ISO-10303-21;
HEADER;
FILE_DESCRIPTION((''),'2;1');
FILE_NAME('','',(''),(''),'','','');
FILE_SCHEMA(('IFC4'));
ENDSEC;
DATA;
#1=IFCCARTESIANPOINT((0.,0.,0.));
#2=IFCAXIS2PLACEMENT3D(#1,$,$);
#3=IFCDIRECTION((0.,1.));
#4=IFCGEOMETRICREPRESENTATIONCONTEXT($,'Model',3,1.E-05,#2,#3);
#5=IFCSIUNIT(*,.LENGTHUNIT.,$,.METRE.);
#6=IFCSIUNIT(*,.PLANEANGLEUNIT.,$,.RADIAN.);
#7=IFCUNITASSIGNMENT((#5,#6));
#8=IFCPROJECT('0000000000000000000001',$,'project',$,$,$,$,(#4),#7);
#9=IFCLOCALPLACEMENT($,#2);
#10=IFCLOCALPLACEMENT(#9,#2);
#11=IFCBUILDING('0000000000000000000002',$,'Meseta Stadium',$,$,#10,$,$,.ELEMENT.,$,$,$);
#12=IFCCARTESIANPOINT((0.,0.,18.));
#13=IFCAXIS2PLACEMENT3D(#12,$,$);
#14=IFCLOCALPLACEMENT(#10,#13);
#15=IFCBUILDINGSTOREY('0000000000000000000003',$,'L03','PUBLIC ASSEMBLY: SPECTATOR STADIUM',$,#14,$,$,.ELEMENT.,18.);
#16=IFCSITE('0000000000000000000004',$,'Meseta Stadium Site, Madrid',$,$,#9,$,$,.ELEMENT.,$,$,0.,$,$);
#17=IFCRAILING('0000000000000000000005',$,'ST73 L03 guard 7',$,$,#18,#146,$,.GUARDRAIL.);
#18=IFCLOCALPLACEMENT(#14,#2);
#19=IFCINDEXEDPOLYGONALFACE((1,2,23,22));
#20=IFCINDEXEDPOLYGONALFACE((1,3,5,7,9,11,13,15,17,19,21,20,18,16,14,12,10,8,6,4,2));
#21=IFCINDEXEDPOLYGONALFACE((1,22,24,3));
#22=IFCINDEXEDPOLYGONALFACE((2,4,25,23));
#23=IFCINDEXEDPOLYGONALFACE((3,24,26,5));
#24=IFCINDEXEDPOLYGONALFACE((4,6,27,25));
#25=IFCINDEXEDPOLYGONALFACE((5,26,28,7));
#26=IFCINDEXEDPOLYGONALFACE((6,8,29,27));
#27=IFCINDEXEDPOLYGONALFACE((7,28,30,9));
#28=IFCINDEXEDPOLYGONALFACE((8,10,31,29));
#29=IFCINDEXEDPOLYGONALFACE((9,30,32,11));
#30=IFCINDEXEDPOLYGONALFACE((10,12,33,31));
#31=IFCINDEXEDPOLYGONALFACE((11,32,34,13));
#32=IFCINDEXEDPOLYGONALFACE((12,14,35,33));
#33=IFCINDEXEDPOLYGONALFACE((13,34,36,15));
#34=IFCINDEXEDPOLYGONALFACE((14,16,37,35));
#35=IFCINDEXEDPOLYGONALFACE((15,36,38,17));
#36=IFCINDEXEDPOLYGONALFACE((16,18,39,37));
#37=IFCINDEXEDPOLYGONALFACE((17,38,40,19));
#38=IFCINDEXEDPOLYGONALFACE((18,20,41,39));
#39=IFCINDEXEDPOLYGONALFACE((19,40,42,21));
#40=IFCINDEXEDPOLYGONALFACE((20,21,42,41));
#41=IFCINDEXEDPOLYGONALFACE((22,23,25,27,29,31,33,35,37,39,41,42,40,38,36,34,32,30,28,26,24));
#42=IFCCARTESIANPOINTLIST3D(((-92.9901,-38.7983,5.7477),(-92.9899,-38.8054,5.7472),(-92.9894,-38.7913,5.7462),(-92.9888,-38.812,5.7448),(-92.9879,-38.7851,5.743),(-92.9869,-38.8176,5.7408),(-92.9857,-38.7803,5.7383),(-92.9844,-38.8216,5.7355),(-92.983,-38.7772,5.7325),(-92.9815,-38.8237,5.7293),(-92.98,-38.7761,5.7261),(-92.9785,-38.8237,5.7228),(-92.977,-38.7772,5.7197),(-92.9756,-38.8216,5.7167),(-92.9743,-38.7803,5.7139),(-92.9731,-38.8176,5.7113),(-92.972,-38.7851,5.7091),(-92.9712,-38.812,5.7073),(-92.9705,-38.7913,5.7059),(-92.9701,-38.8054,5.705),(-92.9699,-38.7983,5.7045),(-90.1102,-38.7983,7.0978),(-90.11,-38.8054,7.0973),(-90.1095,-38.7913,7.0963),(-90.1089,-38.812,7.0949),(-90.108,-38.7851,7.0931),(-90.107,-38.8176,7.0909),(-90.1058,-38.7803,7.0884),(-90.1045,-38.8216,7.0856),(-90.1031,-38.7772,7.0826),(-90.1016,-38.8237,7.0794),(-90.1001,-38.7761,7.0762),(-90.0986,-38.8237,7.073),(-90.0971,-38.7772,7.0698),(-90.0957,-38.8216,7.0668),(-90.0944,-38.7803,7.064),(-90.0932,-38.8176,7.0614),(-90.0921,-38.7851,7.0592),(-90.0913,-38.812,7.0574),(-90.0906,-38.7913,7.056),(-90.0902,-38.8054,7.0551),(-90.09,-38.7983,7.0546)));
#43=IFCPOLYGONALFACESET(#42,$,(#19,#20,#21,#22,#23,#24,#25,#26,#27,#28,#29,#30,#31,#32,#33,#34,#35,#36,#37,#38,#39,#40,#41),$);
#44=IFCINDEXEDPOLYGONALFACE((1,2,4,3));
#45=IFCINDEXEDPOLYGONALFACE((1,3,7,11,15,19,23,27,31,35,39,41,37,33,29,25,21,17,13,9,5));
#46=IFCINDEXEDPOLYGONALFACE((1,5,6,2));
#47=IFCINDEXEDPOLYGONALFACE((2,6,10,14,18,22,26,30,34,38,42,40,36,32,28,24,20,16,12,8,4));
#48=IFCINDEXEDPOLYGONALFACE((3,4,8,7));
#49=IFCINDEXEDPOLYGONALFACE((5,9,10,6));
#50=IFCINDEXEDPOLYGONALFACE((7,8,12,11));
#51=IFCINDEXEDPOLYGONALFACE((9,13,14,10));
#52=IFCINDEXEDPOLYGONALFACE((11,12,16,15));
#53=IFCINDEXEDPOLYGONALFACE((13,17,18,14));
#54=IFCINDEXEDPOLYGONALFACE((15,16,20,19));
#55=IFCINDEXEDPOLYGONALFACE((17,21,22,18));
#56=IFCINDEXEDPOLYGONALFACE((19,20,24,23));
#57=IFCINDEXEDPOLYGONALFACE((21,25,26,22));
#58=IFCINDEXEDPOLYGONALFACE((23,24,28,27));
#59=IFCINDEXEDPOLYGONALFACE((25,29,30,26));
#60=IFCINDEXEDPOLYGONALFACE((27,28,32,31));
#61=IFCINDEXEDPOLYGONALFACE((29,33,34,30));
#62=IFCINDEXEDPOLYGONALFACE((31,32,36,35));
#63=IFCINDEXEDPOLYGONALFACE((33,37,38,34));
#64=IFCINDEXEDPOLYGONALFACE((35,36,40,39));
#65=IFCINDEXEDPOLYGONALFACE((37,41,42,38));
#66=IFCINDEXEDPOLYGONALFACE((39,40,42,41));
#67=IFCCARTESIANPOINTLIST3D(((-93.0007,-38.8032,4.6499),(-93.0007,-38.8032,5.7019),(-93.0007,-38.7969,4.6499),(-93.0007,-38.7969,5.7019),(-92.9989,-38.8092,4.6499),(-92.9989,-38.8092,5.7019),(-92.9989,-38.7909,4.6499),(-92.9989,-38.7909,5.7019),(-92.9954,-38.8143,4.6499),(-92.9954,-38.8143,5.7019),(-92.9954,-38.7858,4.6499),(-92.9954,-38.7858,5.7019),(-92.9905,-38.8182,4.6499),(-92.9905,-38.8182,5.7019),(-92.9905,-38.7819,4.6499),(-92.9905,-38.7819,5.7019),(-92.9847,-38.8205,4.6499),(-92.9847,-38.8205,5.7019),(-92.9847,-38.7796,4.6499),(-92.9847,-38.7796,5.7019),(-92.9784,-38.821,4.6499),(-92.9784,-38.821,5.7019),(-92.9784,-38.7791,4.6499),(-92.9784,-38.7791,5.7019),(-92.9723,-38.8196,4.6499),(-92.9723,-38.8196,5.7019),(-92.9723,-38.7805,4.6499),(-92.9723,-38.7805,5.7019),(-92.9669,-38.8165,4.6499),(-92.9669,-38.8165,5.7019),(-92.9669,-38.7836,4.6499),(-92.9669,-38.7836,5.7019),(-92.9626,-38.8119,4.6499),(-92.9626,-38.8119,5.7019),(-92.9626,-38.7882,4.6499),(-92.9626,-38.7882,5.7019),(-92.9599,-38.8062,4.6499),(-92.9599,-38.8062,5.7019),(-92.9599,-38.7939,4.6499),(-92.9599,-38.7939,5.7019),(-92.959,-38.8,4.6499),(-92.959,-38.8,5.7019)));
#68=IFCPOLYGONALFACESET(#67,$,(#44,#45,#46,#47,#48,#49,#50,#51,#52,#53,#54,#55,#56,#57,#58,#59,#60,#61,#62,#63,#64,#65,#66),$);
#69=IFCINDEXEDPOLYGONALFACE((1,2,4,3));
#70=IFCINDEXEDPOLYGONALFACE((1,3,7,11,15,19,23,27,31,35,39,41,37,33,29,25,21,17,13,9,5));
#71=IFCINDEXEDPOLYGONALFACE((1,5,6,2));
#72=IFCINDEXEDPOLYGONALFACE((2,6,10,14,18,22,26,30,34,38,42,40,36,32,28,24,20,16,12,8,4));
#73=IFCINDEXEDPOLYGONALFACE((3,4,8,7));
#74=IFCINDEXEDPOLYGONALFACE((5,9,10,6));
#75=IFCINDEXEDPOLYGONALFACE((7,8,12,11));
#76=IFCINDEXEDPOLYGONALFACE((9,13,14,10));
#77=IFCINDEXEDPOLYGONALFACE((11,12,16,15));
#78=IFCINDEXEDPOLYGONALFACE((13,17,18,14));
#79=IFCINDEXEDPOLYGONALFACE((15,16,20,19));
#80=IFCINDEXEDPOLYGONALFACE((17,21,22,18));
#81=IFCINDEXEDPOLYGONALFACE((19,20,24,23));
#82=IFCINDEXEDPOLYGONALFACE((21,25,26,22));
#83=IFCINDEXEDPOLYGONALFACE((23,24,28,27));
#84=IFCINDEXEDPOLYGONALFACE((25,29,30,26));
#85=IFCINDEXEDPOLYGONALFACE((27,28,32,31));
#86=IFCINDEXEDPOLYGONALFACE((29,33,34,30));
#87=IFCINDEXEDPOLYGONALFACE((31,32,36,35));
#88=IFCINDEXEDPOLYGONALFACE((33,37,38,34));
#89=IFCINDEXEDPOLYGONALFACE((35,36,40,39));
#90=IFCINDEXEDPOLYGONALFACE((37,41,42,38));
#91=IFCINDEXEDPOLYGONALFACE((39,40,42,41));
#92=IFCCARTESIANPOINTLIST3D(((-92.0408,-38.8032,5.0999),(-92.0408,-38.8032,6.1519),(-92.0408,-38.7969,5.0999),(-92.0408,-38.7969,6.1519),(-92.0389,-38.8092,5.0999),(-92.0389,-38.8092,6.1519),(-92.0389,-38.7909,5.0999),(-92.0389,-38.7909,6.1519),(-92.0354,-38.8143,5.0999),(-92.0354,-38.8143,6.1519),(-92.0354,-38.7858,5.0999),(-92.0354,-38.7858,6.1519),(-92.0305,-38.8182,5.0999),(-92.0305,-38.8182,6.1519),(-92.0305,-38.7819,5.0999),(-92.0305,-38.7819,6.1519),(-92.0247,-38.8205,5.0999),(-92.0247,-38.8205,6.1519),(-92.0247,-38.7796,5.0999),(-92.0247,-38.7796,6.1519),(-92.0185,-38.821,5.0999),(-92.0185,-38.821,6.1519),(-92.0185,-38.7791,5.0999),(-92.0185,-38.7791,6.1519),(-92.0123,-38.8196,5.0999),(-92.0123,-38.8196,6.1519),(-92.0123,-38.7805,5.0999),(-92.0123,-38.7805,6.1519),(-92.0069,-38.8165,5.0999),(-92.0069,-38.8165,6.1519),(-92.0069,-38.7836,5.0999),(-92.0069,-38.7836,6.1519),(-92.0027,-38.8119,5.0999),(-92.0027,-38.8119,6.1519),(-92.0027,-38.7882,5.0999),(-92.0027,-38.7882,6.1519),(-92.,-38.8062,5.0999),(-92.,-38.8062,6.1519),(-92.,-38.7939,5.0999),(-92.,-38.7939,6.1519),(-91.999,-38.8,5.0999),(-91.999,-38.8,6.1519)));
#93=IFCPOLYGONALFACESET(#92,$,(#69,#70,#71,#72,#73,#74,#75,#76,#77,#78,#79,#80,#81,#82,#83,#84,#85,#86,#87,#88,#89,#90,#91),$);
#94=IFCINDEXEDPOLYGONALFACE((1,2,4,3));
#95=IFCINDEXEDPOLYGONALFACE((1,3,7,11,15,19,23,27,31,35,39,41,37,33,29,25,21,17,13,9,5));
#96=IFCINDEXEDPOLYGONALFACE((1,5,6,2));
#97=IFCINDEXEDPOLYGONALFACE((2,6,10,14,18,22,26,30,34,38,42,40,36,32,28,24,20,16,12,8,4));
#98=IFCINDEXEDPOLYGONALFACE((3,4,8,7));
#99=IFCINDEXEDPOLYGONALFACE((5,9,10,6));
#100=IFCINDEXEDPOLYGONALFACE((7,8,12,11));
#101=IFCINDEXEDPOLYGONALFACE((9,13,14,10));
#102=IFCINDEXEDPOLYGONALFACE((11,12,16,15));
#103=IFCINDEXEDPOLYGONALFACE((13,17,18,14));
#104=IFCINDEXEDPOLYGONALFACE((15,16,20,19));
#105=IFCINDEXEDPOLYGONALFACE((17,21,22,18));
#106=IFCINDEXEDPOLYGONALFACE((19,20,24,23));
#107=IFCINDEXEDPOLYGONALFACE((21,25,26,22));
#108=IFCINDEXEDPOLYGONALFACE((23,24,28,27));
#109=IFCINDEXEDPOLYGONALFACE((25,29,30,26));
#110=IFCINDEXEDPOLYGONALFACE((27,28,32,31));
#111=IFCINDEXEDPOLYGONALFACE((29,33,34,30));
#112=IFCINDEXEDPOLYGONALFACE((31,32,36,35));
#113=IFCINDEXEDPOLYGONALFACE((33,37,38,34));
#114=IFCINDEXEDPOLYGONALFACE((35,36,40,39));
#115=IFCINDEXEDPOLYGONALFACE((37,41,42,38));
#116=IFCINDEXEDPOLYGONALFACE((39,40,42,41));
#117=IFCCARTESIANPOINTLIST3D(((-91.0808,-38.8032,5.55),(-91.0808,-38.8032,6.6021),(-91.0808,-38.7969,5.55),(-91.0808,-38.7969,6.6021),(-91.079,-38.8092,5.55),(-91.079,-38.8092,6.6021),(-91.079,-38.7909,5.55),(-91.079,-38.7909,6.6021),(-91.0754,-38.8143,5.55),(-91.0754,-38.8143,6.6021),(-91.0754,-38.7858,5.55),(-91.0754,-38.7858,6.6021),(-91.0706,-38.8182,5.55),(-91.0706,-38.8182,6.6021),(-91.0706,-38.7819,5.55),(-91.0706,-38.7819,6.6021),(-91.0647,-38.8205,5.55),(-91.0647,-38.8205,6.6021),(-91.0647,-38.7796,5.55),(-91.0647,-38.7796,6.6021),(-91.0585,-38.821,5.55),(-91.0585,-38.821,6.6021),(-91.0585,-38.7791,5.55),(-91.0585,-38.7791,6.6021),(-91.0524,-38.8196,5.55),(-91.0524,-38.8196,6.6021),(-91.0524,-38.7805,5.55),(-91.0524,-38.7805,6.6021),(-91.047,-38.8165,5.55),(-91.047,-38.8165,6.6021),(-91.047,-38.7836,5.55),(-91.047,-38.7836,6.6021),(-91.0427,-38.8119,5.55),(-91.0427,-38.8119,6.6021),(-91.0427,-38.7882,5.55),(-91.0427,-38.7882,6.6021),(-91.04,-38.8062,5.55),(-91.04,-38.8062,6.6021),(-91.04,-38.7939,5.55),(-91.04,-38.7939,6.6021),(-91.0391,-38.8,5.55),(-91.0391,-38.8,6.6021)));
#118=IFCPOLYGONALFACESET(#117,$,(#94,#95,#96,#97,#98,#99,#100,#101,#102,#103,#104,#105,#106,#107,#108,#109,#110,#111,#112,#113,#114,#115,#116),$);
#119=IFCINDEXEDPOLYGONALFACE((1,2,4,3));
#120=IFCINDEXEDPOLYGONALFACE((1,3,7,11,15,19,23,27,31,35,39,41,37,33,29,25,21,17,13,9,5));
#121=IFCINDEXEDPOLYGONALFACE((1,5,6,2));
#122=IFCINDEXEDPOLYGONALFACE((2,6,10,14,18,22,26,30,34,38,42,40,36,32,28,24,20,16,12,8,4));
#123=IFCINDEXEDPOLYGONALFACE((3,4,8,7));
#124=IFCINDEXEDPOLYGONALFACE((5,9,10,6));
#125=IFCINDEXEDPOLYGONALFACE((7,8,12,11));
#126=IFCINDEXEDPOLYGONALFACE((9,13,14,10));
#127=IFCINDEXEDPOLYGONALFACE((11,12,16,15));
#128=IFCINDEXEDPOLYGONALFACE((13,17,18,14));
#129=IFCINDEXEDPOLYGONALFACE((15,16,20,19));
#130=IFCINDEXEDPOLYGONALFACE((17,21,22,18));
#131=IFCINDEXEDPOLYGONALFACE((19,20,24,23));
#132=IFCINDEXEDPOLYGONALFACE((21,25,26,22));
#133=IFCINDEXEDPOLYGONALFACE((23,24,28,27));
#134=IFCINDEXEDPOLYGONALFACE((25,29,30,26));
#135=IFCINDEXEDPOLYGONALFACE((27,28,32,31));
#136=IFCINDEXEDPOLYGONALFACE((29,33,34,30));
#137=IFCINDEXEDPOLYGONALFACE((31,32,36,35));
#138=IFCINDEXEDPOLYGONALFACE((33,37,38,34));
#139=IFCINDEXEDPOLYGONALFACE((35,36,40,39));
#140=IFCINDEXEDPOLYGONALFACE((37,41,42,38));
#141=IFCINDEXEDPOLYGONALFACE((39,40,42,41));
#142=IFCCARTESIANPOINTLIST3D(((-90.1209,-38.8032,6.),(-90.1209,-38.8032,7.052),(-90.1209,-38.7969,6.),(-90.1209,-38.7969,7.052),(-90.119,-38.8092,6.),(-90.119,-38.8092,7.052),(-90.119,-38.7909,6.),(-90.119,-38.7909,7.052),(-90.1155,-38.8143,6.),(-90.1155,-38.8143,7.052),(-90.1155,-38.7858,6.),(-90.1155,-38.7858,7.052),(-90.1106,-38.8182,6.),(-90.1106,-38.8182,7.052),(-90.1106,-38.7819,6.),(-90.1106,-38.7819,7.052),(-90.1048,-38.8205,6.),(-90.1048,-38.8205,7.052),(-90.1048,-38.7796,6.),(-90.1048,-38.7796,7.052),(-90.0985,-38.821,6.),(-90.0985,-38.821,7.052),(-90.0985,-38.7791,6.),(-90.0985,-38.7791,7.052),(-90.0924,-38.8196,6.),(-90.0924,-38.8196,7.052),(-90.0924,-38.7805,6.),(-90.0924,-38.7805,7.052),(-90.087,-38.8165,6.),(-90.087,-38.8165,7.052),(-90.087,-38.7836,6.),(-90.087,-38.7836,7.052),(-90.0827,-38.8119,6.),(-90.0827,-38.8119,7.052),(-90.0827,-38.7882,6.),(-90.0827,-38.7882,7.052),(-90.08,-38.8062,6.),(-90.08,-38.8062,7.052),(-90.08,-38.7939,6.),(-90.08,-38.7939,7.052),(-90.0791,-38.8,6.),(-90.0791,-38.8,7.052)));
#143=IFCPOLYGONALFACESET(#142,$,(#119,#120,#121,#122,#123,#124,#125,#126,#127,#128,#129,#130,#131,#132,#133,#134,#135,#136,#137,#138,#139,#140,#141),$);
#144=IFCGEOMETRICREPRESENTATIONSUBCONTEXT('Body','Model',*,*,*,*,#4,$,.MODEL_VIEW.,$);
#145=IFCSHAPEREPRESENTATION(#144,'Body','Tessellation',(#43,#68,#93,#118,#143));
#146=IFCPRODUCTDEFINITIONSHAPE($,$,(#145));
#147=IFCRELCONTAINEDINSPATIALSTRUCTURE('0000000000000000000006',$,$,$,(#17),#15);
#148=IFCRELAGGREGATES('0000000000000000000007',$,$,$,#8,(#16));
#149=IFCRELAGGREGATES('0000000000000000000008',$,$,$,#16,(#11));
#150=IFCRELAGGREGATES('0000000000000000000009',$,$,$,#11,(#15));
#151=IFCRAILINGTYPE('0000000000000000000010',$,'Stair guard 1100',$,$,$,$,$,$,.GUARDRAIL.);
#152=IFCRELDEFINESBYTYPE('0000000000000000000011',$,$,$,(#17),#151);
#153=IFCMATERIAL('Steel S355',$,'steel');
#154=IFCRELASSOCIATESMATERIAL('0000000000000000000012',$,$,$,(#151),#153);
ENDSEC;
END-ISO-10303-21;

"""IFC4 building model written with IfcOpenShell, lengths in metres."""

from ifc_helpers import new_model, si_unit, direction, frame, origin, origin_2d, place, context, subcontext, project, spatial, circle, extrude, material, type_object, element, save


model = new_model("IFC4")

# Units and contexts
model_context = context("Model", 3, precision=1e-05, world=origin(), true_north=direction((0.0, 1.0)))
body_context = subcontext(model_context, "Body", "Model", "MODEL_VIEW")
ifc_project = project(units=[si_unit("LENGTHUNIT", "METRE"), si_unit("PLANEANGLEUNIT", "RADIAN")], contexts=[model_context])

# Site, building, storey
site_placement = place(None, origin())
site = spatial("IfcSite", under=ifc_project, at=site_placement, Name="Meseta Stadium Site, Madrid", CompositionType="ELEMENT", RefElevation=0.0)
building_placement = place(site_placement, origin())
building = spatial("IfcBuilding", under=site, at=building_placement, Name="Meseta Stadium", CompositionType="ELEMENT")
storey_placement = place(building_placement, frame((0.0, 0.0, 18.0)))
storey = spatial("IfcBuildingStorey", under=building, at=storey_placement, Name="L03", Description="PUBLIC ASSEMBLY: SPECTATOR STADIUM", CompositionType="ELEMENT", Elevation=18.0)

# Railing
ifc_material_1 = material(Name="Steel S355", Category="steel")
railing_type_1 = type_object("IfcRailingType", Name="Stair guard 1100", PredefinedType="GUARDRAIL", material=ifc_material_1)
railing_1_placement = place(storey_placement, frame((-92.98, -38.8, 4.6499)))
element("IfcRailing", 1, at=railing_1_placement, inside=storey, type_object=railing_type_1, Name="ST73 L03 guard 7", PredefinedType="GUARDRAIL", context=body_context, shape_type="SweptSolid", body=[
    extrude(circle(Radius=0.0239, at=origin_2d()), frame((0.0, 0.0, 1.0762), z_axis=(0.90544, 0.0, 0.424473), x_axis=(0.0, 1.0, 0.0)), (0.0, 0.0, 1.0), 3.1807),
    extrude(circle(Radius=0.021, at=origin_2d()), origin(), (0.0, 0.0, 1.0), 1.052),
    extrude(circle(Radius=0.021, at=origin_2d()), frame((0.96, 0.0, 0.45)), (0.0, 0.0, 1.0), 1.052),
    extrude(circle(Radius=0.021, at=origin_2d()), frame((1.9199, 0.0, 0.9001)), (0.0, 0.0, 1.0), 1.052),
    extrude(circle(Radius=0.021, at=origin_2d()), frame((2.8799, 0.0, 1.3501)), (0.0, 0.0, 1.0), 1.052),
])

save(model, "model.ifc")
